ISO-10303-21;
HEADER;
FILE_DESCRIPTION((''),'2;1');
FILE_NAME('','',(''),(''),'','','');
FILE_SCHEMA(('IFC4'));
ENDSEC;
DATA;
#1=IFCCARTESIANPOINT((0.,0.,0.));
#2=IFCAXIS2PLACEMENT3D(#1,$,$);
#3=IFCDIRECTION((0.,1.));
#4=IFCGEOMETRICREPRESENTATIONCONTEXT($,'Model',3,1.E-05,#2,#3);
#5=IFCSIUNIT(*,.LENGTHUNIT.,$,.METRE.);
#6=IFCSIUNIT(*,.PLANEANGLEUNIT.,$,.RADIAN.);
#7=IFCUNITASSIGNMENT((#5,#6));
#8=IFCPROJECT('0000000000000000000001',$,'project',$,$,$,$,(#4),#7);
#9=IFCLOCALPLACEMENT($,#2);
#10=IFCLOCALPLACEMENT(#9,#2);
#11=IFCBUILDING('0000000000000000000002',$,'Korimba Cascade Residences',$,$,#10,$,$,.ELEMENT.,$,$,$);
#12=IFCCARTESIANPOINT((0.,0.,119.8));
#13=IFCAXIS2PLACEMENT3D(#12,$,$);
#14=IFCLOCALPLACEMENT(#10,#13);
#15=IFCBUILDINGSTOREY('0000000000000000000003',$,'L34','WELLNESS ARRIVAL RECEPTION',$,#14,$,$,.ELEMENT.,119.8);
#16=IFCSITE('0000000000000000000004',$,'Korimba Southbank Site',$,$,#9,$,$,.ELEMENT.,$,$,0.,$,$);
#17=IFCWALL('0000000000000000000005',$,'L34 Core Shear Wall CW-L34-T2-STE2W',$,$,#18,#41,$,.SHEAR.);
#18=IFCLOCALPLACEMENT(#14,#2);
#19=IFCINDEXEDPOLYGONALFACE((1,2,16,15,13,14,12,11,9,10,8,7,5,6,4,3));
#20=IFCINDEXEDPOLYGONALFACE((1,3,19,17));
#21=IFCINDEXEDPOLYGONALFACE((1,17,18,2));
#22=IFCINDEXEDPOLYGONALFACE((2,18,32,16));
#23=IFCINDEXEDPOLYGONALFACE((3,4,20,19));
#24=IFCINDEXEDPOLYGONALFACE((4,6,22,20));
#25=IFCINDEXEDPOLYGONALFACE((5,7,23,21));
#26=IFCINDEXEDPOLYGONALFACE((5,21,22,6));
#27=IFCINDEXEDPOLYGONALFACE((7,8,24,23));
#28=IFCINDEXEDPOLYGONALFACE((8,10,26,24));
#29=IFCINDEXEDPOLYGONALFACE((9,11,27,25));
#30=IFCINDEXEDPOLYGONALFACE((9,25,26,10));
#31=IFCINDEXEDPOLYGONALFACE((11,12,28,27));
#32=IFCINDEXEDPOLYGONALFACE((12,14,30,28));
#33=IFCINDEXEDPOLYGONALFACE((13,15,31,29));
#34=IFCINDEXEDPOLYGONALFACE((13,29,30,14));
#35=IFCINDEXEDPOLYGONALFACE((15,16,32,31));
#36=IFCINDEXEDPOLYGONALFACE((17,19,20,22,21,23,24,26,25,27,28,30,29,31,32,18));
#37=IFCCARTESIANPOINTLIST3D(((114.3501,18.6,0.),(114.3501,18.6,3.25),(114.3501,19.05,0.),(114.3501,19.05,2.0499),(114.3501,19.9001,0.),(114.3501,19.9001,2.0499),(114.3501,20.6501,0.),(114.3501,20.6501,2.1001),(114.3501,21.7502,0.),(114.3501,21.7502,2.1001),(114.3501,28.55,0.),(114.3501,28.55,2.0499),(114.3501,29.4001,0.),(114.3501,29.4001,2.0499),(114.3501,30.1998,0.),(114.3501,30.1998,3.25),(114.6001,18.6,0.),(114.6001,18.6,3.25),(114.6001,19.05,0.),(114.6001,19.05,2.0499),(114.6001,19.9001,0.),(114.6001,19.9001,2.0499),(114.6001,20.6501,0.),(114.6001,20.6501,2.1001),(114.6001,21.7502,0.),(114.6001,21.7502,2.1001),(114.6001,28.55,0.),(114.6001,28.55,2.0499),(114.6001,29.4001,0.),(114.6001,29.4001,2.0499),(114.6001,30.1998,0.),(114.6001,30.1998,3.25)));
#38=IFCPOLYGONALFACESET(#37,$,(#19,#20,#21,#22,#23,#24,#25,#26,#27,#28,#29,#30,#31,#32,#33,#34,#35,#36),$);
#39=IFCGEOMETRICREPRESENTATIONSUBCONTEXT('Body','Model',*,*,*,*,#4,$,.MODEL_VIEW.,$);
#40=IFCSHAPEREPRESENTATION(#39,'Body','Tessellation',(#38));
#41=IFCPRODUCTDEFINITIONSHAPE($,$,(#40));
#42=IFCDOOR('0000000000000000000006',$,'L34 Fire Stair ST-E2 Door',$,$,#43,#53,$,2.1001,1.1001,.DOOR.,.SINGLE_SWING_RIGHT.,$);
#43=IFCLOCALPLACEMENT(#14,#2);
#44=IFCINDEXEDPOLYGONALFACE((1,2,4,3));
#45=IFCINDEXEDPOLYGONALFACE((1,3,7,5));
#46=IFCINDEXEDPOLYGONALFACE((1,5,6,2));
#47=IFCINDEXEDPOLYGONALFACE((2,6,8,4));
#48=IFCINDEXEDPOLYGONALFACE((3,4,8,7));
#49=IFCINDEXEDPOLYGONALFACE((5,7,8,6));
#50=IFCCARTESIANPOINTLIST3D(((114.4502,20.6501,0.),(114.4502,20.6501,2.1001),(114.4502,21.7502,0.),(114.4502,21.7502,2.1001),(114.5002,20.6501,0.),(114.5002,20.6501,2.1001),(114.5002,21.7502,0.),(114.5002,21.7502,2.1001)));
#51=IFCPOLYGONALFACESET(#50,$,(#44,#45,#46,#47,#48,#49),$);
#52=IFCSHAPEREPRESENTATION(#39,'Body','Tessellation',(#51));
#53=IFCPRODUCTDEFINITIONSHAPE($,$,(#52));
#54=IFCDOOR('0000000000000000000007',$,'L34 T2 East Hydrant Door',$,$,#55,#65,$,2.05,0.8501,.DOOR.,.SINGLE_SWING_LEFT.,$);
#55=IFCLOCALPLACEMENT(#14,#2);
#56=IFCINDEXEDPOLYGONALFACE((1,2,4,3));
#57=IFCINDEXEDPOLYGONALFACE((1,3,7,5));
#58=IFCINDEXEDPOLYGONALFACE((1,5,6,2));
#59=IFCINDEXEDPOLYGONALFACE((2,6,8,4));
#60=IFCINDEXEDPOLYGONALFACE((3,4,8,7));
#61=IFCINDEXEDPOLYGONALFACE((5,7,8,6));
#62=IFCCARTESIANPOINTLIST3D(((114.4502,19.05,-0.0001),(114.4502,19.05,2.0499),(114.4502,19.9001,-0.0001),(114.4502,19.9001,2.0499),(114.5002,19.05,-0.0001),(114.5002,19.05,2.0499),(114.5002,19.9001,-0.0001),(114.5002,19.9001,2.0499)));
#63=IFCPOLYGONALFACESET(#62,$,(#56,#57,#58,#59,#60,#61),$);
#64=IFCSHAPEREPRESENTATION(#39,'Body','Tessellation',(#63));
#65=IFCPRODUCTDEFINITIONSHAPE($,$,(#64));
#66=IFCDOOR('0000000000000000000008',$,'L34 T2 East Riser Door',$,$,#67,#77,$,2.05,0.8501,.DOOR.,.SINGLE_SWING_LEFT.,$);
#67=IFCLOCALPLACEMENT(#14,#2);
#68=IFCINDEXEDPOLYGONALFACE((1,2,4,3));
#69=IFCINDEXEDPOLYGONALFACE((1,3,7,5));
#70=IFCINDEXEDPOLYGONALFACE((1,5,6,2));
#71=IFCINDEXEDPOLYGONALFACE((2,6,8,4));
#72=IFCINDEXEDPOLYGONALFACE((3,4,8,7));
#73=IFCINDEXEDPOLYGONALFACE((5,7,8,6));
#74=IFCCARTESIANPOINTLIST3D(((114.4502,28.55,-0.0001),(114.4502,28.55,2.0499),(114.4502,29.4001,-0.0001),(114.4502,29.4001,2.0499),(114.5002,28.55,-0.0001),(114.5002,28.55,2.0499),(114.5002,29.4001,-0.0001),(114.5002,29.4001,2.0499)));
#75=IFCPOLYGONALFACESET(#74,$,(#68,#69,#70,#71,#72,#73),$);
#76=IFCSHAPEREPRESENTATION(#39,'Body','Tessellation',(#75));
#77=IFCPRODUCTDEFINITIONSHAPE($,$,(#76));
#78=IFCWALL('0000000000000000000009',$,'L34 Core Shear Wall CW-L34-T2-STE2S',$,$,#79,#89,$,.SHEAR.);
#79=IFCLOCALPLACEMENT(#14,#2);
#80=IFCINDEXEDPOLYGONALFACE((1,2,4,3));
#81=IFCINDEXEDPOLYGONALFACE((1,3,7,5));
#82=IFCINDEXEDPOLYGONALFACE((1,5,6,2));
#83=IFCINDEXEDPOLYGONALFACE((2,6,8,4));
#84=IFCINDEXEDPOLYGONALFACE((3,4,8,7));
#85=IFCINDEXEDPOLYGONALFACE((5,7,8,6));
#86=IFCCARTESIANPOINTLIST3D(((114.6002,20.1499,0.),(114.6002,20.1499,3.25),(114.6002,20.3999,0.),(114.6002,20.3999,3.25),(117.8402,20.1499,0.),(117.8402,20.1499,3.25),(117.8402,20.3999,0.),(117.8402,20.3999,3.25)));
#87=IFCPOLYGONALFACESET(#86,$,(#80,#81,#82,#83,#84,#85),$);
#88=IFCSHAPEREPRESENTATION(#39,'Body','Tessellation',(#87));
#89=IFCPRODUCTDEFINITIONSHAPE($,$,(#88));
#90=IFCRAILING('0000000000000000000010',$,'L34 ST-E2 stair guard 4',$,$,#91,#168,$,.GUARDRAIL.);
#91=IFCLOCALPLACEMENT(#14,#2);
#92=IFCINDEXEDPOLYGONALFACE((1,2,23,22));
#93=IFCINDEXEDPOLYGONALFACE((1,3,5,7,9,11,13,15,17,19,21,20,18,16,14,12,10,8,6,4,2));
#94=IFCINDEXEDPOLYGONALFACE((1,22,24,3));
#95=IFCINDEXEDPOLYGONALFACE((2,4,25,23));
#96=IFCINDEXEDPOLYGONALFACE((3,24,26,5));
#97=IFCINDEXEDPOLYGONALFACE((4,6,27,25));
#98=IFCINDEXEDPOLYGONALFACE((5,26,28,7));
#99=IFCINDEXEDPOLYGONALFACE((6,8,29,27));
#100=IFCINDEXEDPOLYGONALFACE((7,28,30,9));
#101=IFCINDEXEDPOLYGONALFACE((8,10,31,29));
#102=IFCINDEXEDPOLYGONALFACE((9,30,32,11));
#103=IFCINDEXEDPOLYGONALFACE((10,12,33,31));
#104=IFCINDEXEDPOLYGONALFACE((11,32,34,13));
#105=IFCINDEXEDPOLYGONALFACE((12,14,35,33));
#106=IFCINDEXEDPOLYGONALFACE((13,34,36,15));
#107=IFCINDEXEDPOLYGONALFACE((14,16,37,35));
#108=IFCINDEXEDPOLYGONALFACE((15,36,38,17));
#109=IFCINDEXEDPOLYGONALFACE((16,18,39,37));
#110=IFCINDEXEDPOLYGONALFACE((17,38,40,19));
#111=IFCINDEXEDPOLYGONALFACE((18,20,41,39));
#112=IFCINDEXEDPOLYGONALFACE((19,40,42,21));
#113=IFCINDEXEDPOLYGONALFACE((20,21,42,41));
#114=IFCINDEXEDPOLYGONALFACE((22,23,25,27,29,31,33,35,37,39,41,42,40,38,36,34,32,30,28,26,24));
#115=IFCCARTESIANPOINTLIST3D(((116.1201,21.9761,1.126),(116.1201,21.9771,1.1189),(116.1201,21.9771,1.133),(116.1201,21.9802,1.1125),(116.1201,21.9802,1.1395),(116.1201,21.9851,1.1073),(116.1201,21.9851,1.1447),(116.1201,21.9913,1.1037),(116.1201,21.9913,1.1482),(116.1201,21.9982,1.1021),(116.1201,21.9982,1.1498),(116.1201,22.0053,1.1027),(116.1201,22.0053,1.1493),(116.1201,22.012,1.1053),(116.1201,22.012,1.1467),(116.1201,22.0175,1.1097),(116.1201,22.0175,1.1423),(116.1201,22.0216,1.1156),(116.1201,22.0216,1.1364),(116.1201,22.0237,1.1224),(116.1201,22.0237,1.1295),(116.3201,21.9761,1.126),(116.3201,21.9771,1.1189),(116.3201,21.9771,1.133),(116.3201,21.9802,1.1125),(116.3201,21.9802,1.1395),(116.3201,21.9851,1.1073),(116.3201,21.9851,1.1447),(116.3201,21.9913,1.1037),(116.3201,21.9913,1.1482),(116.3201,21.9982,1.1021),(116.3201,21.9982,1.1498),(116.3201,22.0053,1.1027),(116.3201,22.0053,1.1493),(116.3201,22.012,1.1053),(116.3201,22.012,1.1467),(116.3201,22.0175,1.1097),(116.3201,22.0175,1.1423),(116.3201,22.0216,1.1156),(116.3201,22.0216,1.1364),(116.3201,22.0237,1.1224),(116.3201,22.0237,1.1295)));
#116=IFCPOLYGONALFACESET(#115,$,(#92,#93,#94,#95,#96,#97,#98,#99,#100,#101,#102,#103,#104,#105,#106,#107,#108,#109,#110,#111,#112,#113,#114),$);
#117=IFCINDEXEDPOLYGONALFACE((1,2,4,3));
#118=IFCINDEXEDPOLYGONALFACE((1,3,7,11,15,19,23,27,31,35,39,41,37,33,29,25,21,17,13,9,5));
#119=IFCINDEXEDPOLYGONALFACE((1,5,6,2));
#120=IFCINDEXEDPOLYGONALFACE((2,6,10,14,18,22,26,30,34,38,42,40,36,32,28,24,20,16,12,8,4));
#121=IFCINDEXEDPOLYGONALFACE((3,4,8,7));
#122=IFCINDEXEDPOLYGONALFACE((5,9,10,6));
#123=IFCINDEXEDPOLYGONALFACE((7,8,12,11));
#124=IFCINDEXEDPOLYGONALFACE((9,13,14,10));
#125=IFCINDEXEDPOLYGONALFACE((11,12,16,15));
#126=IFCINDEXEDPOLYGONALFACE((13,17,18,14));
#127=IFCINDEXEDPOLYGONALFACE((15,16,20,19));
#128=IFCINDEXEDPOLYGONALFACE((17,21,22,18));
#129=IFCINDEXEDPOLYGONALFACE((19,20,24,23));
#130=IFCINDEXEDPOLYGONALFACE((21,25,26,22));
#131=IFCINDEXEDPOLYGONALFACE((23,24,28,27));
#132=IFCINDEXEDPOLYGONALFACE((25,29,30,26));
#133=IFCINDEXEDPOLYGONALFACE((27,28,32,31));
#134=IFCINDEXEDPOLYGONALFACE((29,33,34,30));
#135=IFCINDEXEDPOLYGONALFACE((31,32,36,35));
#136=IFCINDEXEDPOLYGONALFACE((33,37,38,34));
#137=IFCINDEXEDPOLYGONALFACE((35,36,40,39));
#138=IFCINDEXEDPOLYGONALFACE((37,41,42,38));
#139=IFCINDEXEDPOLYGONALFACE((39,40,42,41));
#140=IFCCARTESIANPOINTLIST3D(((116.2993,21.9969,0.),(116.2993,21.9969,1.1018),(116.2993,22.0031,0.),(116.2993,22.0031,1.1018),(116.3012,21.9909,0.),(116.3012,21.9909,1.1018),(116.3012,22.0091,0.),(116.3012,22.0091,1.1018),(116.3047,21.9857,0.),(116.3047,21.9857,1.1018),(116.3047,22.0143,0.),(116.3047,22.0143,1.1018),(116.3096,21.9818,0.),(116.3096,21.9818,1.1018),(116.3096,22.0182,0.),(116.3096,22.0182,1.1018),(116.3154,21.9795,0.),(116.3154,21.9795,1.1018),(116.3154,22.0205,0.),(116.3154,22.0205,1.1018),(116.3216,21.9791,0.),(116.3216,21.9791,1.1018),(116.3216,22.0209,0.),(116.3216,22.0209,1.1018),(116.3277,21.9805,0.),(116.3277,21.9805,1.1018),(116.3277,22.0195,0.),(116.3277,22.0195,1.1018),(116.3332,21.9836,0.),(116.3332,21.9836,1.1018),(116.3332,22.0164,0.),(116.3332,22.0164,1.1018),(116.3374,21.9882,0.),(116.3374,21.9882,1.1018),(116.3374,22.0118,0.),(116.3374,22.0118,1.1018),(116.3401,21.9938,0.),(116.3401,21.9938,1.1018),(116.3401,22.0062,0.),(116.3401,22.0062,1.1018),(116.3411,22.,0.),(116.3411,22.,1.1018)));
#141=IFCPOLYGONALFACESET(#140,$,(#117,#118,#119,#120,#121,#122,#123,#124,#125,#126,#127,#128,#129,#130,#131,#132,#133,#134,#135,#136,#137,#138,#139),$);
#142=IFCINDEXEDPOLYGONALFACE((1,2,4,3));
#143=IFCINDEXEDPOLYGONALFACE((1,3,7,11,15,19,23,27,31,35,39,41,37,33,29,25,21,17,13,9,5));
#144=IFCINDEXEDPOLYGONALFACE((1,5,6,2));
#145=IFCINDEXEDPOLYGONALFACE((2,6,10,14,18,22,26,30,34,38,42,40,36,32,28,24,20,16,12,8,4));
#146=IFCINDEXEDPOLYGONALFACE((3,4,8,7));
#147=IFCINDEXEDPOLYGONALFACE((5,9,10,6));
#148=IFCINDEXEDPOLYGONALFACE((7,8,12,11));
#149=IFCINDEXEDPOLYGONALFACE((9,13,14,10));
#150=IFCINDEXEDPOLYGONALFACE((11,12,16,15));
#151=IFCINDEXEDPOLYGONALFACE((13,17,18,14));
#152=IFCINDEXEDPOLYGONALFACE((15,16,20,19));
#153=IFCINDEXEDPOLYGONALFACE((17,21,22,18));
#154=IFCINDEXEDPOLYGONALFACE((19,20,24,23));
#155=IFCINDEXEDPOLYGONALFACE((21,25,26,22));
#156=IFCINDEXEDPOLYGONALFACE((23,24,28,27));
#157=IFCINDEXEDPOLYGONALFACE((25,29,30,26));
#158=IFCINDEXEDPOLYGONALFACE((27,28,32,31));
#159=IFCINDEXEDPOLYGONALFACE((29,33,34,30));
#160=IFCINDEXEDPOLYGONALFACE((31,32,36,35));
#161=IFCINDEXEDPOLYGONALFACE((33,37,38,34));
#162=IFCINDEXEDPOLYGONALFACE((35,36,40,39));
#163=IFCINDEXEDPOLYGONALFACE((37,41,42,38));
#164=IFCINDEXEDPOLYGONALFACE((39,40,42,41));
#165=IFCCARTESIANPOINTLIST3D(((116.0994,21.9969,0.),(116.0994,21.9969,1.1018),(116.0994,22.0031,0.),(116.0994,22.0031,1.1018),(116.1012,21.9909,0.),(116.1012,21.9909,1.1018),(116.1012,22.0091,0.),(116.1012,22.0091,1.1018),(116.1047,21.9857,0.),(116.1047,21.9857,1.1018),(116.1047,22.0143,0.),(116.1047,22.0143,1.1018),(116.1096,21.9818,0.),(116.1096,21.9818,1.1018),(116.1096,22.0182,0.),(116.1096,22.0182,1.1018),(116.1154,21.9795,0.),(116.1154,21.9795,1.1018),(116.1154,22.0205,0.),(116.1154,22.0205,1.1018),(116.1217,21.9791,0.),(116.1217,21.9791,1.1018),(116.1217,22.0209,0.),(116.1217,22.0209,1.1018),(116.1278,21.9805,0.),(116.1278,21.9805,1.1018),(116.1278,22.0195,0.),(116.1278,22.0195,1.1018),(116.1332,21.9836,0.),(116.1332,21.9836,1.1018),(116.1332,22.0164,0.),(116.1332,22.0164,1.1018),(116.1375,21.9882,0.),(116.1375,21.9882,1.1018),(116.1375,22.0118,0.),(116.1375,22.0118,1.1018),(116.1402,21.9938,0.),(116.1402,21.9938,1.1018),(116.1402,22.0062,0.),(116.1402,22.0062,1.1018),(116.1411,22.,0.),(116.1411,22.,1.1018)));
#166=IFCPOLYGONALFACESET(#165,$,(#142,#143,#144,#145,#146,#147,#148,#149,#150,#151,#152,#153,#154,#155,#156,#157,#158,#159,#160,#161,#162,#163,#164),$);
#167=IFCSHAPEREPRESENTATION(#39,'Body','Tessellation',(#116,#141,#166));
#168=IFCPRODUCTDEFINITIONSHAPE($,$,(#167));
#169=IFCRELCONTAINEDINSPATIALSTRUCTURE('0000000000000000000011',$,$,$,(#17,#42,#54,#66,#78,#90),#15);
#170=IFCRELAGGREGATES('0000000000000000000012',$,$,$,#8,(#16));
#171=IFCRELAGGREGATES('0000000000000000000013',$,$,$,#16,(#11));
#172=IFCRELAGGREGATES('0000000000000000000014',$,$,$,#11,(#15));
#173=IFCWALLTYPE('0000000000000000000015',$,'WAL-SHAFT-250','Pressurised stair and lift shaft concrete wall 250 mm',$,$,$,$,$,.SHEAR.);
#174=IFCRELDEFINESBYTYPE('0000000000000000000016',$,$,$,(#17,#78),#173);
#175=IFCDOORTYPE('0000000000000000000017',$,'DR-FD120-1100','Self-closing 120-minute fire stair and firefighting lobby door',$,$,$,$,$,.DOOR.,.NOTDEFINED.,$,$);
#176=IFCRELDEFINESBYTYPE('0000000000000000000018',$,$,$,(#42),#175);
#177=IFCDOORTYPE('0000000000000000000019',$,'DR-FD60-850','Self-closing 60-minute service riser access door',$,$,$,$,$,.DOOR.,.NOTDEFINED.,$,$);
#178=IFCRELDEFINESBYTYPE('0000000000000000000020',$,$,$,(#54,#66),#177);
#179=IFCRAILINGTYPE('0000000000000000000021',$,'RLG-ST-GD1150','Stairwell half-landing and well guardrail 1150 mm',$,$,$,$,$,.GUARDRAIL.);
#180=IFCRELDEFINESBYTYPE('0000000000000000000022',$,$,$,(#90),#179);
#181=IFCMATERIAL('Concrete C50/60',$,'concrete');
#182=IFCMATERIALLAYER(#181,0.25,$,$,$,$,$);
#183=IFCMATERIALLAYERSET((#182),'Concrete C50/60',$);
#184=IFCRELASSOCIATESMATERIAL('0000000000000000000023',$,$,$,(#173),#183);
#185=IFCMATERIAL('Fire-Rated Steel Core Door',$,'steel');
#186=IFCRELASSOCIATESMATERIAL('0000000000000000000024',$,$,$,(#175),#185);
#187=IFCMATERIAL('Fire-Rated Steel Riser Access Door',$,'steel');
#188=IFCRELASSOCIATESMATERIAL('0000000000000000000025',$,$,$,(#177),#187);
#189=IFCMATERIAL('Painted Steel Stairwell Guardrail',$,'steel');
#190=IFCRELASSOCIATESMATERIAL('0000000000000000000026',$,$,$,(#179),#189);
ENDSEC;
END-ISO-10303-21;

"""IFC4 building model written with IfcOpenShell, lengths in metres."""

from ifc_helpers import new_model, si_unit, direction, frame, frame_2d, origin, origin_2d, place, context, subcontext, project, spatial, rectangle, circle, extrude, material, layer, layer_set, type_object, element, fill, save


model = new_model("IFC4")

# Units and contexts
model_context = context("Model", 3, precision=1e-05, world=origin(), true_north=direction((0.0, 1.0)))
body_context = subcontext(model_context, "Body", "Model", "MODEL_VIEW")
ifc_project = project(units=[si_unit("LENGTHUNIT", "METRE"), si_unit("PLANEANGLEUNIT", "RADIAN")], contexts=[model_context])

# Site, building, storey
site_placement = place(None, origin())
site = spatial("IfcSite", under=ifc_project, at=site_placement, Name="Korimba Southbank Site", CompositionType="ELEMENT", RefElevation=0.0)
building_placement = place(site_placement, origin())
building = spatial("IfcBuilding", under=site, at=building_placement, Name="Korimba Cascade Residences", CompositionType="ELEMENT")
storey_placement = place(building_placement, frame((0.0, 0.0, 119.8)))
storey = spatial("IfcBuildingStorey", under=building, at=storey_placement, Name="L34", Description="WELLNESS ARRIVAL RECEPTION", CompositionType="ELEMENT", Elevation=119.8)

# Wall, openings, doors
ifc_material_1 = material(Name="Concrete C50/60", Category="concrete")
ifc_layer_1 = layer(ifc_material_1, 0.25)
ifc_layer_set_1 = layer_set([ifc_layer_1], Name="Concrete C50/60")
wall_type_1 = type_object("IfcWallType", Name="WAL-SHAFT-250", Description="Pressurised stair and lift shaft concrete wall 250 mm", PredefinedType="SHEAR", material=ifc_layer_set_1)
wall_1_placement = place(storey_placement, frame((114.4751, 18.6001, 0.0), z_axis=(0.0, 0.0, 1.0), x_axis=(0.0, 1.0, 0.0)))
wall_1 = element("IfcWall", 1, at=wall_1_placement, inside=storey, type_object=wall_type_1, Name="L34 Core Shear Wall CW-L34-T2-STE2W", PredefinedType="SHEAR", context=body_context, shape_type="SweptSolid", body=[
    extrude(rectangle(XDim=11.5999, YDim=0.25, at=frame_2d((5.7998, 0.0))), origin(), (0.0, 0.0, 1.0), 3.25),
])
opening_1_placement = place(wall_1_placement, frame((0.45, 0.0, 0.0)))
opening_1 = element("IfcOpeningElement", 2, at=opening_1_placement, cuts=wall_1, PredefinedType="OPENING", context=body_context, shape_type="SweptSolid", body=[
    extrude(rectangle(XDim=0.8501, YDim=2.05, at=frame_2d((0.425, 1.0249))), frame((0.0, 0.135, 0.0), z_axis=(0.0, -1.0, 0.0), x_axis=(1.0, 0.0, 0.0)), (0.0, 0.0, 1.0), 0.27),
])
opening_2_placement = place(wall_1_placement, frame((2.05, 0.0, 0.0)))
opening_2 = element("IfcOpeningElement", 3, at=opening_2_placement, cuts=wall_1, PredefinedType="OPENING", context=body_context, shape_type="SweptSolid", body=[
    extrude(rectangle(XDim=1.1001, YDim=2.1001, at=frame_2d((0.55, 1.05))), frame((0.0, 0.135, 0.0), z_axis=(0.0, -1.0, 0.0), x_axis=(1.0, 0.0, 0.0)), (0.0, 0.0, 1.0), 0.27),
])
opening_3_placement = place(wall_1_placement, frame((9.95, 0.0, 0.0)))
opening_3 = element("IfcOpeningElement", 4, at=opening_3_placement, cuts=wall_1, PredefinedType="OPENING", context=body_context, shape_type="SweptSolid", body=[
    extrude(rectangle(XDim=0.8501, YDim=2.05, at=frame_2d((0.425, 1.0249))), frame((0.0, 0.135, 0.0), z_axis=(0.0, -1.0, 0.0), x_axis=(1.0, 0.0, 0.0)), (0.0, 0.0, 1.0), 0.27),
])
ifc_material_2 = material(Name="Fire-Rated Steel Core Door", Category="steel")
door_type_1 = type_object("IfcDoorType", Name="DR-FD120-1100", Description="Self-closing 120-minute fire stair and firefighting lobby door", OperationType="NOTDEFINED", PredefinedType="DOOR", material=ifc_material_2)
door_1_placement = place(opening_2_placement, origin())
door_1 = element("IfcDoor", 5, at=door_1_placement, inside=storey, type_object=door_type_1, Name="L34 Fire Stair ST-E2 Door", OperationType="SINGLE_SWING_RIGHT", OverallHeight=2.1001, OverallWidth=1.1001, PredefinedType="DOOR", context=body_context, shape_type="SweptSolid", body=[
    extrude(rectangle(XDim=1.1001, YDim=2.1001, at=frame_2d((0.55, 1.05))), frame((0.0, 0.0249, 0.0), z_axis=(0.0, -1.0, 0.0), x_axis=(1.0, 0.0, 0.0)), (0.0, 0.0, 1.0), 0.05),
])
fill(opening_2, door_1)
ifc_material_3 = material(Name="Fire-Rated Steel Riser Access Door", Category="steel")
door_type_2 = type_object("IfcDoorType", Name="DR-FD60-850", Description="Self-closing 60-minute service riser access door", OperationType="NOTDEFINED", PredefinedType="DOOR", material=ifc_material_3)
door_2_placement = place(opening_1_placement, origin())
door_2 = element("IfcDoor", 6, at=door_2_placement, inside=storey, type_object=door_type_2, Name="L34 T2 East Hydrant Door", OperationType="SINGLE_SWING_LEFT", OverallHeight=2.05, OverallWidth=0.8501, PredefinedType="DOOR", context=body_context, shape_type="SweptSolid", body=[
    extrude(rectangle(XDim=0.8501, YDim=2.05, at=frame_2d((0.425, 1.0249))), frame((0.0, 0.0249, 0.0), z_axis=(0.0, -1.0, 0.0), x_axis=(1.0, 0.0, 0.0)), (0.0, 0.0, 1.0), 0.05),
])
fill(opening_1, door_2)
door_3_placement = place(opening_3_placement, origin())
door_3 = element("IfcDoor", 7, at=door_3_placement, inside=storey, type_object=door_type_2, Name="L34 T2 East Riser Door", OperationType="SINGLE_SWING_LEFT", OverallHeight=2.05, OverallWidth=0.8501, PredefinedType="DOOR", context=body_context, shape_type="SweptSolid", body=[
    extrude(rectangle(XDim=0.8501, YDim=2.05, at=frame_2d((0.425, 1.0249))), frame((0.0, 0.0249, 0.0), z_axis=(0.0, -1.0, 0.0), x_axis=(1.0, 0.0, 0.0)), (0.0, 0.0, 1.0), 0.05),
])
fill(opening_3, door_3)

# Wall
wall_2_placement = place(storey_placement, frame((114.6001, 20.2749, 0.0), z_axis=(0.0, 0.0, 1.0), x_axis=(1.0, 0.0, 0.0)))
element("IfcWall", 8, at=wall_2_placement, inside=storey, type_object=wall_type_1, Name="L34 Core Shear Wall CW-L34-T2-STE2S", PredefinedType="SHEAR", context=body_context, shape_type="SweptSolid", body=[
    extrude(rectangle(XDim=3.24, YDim=0.25, at=frame_2d((1.6201, 0.0))), origin(), (0.0, 0.0, 1.0), 3.25),
])

# Railing
ifc_material_4 = material(Name="Painted Steel Stairwell Guardrail", Category="steel")
railing_type = type_object("IfcRailingType", Name="RLG-ST-GD1150", Description="Stairwell half-landing and well guardrail 1150 mm", PredefinedType="GUARDRAIL", material=ifc_material_4)
railing_placement = place(storey_placement, frame((116.3201, 22.0, 0.0)))
element("IfcRailing", 9, at=railing_placement, inside=storey, type_object=railing_type, Name="L34 ST-E2 stair guard 4", PredefinedType="GUARDRAIL", context=body_context, shape_type="SweptSolid", body=[
    extrude(circle(Radius=0.0239, at=origin_2d()), frame((0.0, 0.0, 1.126), z_axis=(-1.0, 0.0, 0.0), x_axis=(0.0, -1.0, 0.0)), (0.0, 0.0, 1.0), 0.2),
    extrude(circle(Radius=0.021, at=origin_2d()), origin(), (0.0, 0.0, 1.0), 1.1018),
    extrude(circle(Radius=0.021, at=origin_2d()), frame((-0.2, 0.0, 0.0)), (0.0, 0.0, 1.0), 1.1018),
])

save(model, "model.ifc")
